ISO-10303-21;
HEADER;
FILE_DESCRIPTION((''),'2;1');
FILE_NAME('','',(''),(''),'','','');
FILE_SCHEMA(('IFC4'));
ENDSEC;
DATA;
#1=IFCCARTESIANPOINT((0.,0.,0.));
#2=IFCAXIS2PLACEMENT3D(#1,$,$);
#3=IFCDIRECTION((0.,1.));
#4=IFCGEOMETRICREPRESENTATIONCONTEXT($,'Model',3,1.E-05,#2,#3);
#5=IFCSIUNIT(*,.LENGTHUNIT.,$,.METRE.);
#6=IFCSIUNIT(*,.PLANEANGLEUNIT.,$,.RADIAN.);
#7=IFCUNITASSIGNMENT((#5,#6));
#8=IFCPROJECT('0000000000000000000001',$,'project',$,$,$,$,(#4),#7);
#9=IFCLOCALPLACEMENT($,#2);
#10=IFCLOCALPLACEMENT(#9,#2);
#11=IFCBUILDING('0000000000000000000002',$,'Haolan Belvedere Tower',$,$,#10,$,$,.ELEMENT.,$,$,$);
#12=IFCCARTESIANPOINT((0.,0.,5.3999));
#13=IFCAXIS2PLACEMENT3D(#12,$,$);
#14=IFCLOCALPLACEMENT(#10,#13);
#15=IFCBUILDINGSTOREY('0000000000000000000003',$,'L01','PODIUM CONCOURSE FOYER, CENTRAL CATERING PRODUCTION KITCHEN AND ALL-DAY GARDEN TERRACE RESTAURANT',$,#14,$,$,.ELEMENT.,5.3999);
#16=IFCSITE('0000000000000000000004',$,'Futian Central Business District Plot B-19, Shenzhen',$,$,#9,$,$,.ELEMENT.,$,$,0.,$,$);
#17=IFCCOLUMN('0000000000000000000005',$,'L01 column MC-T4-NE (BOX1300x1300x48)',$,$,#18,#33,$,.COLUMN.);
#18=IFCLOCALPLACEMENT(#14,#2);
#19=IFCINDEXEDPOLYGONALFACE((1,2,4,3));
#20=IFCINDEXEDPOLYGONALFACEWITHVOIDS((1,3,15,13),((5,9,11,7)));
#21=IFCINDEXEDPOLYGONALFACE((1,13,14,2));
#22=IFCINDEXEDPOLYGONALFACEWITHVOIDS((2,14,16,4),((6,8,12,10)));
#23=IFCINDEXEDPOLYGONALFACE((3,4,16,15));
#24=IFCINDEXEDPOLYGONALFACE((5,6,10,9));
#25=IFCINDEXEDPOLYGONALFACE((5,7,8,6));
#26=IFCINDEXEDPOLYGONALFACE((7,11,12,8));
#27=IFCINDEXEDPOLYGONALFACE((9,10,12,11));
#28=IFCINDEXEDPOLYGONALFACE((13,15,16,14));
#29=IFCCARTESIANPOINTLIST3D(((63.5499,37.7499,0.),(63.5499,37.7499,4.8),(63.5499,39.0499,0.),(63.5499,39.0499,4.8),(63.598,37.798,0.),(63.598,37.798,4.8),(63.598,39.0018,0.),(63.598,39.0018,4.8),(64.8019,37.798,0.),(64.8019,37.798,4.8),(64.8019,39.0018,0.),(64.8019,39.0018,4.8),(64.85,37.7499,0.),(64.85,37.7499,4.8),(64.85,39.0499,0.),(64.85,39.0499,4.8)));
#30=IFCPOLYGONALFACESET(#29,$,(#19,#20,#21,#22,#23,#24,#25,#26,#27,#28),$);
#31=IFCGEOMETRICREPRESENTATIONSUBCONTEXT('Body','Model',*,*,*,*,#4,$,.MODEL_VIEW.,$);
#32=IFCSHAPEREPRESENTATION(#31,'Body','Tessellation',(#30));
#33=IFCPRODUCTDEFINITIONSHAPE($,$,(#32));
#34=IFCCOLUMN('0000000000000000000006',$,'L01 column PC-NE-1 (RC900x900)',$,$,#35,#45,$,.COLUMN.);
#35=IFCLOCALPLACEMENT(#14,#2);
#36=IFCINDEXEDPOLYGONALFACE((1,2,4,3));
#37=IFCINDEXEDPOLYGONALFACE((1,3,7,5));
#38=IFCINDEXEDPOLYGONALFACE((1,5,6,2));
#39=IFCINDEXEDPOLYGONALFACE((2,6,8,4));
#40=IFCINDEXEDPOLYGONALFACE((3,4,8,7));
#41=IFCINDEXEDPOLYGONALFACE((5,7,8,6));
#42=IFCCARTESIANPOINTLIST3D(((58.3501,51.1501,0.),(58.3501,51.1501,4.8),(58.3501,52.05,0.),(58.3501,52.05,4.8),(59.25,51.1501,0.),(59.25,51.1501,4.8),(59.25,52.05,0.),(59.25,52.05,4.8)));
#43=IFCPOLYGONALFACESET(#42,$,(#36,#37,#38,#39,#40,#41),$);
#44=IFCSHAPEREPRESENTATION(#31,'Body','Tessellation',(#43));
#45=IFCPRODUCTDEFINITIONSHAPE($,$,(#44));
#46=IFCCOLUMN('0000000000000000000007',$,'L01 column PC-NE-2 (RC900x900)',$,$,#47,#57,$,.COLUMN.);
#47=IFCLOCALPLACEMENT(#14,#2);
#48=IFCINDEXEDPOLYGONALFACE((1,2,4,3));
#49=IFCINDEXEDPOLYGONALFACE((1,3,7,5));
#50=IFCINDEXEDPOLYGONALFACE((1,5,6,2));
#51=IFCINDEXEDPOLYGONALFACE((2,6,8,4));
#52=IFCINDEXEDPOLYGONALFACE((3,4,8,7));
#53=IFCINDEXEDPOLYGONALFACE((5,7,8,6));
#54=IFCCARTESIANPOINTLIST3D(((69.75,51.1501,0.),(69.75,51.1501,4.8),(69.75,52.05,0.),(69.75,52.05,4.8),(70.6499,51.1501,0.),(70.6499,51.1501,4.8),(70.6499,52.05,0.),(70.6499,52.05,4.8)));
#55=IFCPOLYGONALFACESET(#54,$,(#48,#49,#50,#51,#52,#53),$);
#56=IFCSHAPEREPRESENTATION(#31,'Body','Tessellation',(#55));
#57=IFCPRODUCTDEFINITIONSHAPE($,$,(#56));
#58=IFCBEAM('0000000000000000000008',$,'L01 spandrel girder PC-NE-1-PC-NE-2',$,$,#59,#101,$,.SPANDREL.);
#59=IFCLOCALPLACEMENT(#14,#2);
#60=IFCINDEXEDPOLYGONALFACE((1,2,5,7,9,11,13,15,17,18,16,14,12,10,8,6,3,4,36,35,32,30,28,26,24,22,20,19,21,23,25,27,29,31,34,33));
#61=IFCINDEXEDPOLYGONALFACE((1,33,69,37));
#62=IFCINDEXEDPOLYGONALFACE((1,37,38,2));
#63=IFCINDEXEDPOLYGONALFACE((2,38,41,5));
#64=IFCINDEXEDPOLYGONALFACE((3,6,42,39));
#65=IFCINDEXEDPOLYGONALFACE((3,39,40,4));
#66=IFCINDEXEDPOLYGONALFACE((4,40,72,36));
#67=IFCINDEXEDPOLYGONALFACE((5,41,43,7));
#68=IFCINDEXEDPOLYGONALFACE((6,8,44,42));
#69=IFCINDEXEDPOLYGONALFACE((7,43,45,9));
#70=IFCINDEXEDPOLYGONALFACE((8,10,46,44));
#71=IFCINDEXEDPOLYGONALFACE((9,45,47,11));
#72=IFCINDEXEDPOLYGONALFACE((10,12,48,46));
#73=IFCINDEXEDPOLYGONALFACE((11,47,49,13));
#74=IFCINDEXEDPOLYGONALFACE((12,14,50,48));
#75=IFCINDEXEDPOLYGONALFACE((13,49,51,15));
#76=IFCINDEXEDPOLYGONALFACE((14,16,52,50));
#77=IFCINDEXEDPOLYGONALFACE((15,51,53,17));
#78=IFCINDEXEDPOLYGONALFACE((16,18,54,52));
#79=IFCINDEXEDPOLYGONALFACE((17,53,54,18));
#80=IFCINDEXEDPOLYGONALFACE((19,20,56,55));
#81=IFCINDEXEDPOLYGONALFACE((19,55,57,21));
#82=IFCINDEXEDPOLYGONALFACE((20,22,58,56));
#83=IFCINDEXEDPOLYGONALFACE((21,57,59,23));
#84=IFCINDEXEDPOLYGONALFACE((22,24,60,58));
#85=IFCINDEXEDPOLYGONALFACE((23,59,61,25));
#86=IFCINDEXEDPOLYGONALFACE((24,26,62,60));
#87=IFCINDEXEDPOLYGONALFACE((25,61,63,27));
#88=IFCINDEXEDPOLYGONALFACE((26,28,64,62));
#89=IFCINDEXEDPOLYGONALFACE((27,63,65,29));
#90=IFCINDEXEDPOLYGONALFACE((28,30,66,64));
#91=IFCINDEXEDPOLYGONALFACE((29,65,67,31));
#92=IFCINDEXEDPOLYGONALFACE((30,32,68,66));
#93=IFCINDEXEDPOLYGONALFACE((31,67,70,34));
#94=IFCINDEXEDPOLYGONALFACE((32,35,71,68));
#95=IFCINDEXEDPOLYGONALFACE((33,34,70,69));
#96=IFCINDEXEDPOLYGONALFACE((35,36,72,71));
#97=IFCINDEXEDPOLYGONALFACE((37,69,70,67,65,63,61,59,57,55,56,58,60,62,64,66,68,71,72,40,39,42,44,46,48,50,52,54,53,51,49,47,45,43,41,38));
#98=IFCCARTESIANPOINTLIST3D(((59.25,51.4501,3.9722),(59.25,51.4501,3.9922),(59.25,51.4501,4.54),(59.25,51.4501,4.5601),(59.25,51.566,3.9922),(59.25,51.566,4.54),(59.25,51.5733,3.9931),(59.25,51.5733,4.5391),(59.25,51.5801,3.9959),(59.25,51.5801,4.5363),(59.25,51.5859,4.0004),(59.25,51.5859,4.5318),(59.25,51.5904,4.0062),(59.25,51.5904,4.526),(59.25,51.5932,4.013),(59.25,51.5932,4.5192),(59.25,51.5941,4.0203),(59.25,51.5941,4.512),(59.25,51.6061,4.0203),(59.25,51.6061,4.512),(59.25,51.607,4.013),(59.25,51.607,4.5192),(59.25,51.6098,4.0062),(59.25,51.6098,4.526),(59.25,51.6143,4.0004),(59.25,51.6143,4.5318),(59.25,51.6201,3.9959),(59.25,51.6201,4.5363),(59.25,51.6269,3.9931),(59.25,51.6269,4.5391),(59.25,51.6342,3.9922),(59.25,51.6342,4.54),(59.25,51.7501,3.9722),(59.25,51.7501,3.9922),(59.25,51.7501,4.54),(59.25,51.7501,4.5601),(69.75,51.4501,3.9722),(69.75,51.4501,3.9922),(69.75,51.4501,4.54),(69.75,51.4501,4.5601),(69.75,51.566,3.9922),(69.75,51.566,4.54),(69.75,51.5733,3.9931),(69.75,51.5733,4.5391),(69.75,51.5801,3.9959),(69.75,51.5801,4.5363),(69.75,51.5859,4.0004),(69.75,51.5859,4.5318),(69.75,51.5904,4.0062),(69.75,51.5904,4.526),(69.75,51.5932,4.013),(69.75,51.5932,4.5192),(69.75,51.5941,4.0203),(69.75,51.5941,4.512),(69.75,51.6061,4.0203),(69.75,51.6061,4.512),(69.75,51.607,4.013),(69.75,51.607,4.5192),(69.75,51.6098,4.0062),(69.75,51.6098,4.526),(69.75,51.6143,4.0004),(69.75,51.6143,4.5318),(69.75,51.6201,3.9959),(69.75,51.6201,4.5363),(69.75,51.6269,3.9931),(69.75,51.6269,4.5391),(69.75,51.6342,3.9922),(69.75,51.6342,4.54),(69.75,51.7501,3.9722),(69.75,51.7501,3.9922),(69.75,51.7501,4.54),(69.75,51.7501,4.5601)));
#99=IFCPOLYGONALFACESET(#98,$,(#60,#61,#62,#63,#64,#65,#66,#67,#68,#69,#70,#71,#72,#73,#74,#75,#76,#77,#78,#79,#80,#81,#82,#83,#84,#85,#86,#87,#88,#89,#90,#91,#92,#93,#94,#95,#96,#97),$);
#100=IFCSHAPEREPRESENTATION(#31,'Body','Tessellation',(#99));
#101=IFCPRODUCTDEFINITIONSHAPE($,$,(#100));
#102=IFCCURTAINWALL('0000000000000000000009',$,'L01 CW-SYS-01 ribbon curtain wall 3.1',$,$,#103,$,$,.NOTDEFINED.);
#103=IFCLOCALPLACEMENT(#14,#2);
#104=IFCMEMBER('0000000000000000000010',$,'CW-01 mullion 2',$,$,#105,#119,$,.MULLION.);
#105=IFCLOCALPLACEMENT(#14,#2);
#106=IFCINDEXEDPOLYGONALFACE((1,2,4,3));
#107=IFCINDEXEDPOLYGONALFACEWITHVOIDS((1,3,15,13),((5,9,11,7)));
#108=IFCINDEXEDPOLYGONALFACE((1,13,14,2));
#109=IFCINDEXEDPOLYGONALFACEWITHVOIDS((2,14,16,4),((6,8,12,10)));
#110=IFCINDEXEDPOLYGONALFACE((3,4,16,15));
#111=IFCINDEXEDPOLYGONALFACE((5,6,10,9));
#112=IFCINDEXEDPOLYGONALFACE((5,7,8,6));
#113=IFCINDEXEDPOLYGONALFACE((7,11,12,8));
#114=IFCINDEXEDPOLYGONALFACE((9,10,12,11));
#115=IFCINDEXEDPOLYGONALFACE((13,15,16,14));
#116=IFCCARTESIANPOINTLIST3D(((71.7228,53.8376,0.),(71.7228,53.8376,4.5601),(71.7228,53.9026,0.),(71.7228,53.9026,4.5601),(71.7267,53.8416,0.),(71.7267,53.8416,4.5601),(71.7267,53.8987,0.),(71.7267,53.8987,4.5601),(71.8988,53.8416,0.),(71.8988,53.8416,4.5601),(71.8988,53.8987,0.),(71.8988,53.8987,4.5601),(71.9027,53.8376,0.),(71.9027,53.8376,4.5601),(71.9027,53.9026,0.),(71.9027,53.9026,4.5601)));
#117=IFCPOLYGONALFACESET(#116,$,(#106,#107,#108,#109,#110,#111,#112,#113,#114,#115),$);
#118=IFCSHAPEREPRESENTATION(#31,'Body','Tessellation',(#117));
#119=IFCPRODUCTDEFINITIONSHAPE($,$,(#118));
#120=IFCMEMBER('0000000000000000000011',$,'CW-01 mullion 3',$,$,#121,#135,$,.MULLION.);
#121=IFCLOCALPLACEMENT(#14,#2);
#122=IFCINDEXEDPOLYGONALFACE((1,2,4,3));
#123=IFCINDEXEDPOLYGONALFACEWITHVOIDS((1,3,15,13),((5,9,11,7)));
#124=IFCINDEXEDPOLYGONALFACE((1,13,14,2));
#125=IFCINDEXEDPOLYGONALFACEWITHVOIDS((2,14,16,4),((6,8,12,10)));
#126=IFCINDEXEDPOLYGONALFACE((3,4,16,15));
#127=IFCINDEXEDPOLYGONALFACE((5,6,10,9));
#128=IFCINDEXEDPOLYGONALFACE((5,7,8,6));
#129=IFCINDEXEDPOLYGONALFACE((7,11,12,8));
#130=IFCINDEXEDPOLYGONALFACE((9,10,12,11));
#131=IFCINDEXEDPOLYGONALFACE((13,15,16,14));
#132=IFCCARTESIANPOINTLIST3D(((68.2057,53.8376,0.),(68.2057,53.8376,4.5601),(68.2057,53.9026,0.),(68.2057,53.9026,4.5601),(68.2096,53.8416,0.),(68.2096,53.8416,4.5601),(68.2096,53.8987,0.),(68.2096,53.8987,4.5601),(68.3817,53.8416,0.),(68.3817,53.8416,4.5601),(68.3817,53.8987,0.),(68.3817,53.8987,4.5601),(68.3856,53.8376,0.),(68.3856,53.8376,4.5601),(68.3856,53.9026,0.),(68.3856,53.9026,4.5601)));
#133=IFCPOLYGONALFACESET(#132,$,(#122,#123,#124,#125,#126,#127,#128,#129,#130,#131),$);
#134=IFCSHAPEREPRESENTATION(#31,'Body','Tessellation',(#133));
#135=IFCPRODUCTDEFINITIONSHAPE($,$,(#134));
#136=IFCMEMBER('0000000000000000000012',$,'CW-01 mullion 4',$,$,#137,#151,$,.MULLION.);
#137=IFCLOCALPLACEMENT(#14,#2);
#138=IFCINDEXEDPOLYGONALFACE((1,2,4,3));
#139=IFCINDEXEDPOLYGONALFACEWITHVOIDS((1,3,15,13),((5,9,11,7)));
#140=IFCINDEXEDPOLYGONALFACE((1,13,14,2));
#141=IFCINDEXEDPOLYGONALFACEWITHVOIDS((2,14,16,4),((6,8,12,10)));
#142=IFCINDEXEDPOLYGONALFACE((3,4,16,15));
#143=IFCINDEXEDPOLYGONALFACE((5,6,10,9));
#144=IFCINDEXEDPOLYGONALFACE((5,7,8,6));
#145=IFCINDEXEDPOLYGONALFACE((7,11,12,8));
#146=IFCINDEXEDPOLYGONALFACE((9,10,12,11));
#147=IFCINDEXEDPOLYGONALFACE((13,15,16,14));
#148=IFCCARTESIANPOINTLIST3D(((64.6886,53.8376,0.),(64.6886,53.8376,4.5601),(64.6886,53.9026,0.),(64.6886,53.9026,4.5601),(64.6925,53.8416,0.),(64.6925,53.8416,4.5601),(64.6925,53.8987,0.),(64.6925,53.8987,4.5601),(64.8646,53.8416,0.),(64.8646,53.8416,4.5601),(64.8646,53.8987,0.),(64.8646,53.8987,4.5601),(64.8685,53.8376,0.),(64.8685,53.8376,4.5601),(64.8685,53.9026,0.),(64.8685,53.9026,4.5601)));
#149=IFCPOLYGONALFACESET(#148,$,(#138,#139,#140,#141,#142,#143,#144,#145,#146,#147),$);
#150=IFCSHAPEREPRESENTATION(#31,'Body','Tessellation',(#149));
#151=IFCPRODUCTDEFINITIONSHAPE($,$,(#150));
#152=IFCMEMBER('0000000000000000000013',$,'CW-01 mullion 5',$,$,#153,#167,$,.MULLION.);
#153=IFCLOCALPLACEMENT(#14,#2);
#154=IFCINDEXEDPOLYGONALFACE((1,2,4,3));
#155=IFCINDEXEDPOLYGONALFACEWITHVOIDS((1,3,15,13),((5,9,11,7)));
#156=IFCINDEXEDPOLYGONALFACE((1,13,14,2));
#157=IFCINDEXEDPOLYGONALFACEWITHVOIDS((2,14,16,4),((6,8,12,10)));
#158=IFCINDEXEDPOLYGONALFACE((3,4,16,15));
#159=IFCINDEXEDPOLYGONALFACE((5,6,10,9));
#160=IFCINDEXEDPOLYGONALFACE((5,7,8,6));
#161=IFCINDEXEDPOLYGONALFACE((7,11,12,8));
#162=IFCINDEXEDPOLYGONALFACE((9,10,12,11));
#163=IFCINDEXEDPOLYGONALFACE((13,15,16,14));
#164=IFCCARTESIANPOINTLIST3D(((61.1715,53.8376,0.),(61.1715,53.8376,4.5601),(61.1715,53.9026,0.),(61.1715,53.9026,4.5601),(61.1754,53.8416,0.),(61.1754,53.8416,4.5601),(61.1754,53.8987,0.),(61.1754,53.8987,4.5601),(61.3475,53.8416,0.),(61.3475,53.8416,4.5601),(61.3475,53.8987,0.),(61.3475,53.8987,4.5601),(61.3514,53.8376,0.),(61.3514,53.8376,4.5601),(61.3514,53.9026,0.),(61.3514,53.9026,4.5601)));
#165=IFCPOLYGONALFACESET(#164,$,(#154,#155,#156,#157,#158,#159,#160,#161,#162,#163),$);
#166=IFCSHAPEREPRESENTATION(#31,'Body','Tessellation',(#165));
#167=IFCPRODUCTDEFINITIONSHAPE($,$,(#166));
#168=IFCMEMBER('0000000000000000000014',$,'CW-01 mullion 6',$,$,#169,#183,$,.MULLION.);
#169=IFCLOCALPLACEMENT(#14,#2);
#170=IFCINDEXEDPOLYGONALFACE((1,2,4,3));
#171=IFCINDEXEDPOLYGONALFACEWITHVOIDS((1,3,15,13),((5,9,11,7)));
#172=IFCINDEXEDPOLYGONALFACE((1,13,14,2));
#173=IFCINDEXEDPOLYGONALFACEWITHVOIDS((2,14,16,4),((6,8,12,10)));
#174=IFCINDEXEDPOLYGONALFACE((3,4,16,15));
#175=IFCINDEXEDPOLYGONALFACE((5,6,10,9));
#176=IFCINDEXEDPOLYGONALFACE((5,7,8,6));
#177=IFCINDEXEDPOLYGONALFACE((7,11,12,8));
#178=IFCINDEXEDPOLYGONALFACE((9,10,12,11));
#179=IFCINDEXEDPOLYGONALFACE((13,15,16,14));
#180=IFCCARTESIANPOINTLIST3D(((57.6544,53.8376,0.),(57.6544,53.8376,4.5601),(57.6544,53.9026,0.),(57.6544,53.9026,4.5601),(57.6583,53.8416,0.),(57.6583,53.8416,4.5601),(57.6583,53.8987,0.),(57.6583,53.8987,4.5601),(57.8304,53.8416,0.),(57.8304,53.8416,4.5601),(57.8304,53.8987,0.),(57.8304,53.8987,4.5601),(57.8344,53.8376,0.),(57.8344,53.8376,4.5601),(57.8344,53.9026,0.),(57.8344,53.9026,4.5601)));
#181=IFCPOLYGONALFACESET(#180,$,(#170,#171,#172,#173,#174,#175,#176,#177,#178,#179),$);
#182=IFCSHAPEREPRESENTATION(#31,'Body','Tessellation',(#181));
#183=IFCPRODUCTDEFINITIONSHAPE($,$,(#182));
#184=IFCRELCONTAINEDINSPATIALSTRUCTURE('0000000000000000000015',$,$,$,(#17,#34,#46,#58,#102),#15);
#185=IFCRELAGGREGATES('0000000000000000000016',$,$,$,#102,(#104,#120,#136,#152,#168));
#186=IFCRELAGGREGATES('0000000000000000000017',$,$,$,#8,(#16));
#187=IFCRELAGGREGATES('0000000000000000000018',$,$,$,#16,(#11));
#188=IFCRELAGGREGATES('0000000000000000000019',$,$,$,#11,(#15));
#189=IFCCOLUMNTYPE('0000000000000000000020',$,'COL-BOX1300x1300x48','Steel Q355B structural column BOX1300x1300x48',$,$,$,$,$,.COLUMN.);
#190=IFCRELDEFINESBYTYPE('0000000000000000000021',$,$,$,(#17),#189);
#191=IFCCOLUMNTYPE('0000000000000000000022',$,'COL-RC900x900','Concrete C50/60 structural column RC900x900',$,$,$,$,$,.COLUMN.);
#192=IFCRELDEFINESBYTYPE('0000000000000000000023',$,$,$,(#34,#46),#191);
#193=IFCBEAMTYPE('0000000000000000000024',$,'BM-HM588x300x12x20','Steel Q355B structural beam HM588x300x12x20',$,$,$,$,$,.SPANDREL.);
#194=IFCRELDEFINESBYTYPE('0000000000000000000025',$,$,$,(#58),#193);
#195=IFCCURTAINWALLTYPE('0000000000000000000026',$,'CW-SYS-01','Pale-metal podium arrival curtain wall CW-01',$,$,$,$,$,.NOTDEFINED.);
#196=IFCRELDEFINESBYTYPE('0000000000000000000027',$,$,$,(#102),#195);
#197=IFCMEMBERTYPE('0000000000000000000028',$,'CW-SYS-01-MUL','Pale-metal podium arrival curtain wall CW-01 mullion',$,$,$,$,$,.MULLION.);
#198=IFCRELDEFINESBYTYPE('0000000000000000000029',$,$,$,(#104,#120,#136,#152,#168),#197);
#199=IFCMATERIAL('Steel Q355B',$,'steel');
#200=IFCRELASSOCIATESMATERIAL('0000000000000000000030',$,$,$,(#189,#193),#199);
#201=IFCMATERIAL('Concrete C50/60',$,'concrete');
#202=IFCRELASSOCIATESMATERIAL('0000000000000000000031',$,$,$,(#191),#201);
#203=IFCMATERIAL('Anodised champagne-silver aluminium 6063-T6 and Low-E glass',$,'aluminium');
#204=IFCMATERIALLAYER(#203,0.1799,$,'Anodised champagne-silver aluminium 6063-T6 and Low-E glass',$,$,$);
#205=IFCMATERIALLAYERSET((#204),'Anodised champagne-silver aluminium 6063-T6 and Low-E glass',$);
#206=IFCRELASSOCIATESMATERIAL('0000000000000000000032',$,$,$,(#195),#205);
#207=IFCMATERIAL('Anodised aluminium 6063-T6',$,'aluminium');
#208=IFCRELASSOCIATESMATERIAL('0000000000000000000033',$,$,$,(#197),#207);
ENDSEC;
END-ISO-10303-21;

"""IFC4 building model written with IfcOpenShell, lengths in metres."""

from ifc_helpers import new_model, si_unit, direction, frame, origin, origin_2d, place, context, subcontext, project, spatial, rectangle, hollow_rectangle, i_section, extrude, material, layer, layer_set, material_profile, profile_set, type_object, element, aggregate, save


model = new_model("IFC4")

# Units and contexts
model_context = context("Model", 3, precision=1e-05, world=origin(), true_north=direction((0.0, 1.0)))
body_context = subcontext(model_context, "Body", "Model", "MODEL_VIEW")
ifc_project = project(units=[si_unit("LENGTHUNIT", "METRE"), si_unit("PLANEANGLEUNIT", "RADIAN")], contexts=[model_context])

# Site, building, storey
site_placement = place(None, origin())
site = spatial("IfcSite", under=ifc_project, at=site_placement, Name="Futian Central Business District Plot B-19, Shenzhen", CompositionType="ELEMENT", RefElevation=0.0)
building_placement = place(site_placement, origin())
building = spatial("IfcBuilding", under=site, at=building_placement, Name="Haolan Belvedere Tower", CompositionType="ELEMENT")
storey_placement = place(building_placement, frame((0.0, 0.0, 5.3999)))
storey = spatial("IfcBuildingStorey", under=building, at=storey_placement, Name="L01", Description="PODIUM CONCOURSE FOYER, CENTRAL CATERING PRODUCTION KITCHEN AND ALL-DAY GARDEN TERRACE RESTAURANT", CompositionType="ELEMENT", Elevation=5.3999)

# Columns
ifc_material_1 = material(Name="Steel Q355B", Category="steel")
ifc_material_profile_1 = material_profile(ifc_material_1, hollow_rectangle(XDim=1.3, YDim=1.3, WallThickness=0.0481, at=origin_2d()), Name="Steel Q355B")
ifc_profile_set_1 = profile_set([ifc_material_profile_1], Name="Steel Q355B")
column_type_1 = type_object("IfcColumnType", Name="COL-BOX1300x1300x48", Description="Steel Q355B structural column BOX1300x1300x48", PredefinedType="COLUMN", material=ifc_profile_set_1)
column_placement = place(storey_placement, frame((64.2, 38.3999, 0.0), z_axis=(0.0, 0.0, 1.0), x_axis=(1.0, 0.0, 0.0)))
element("IfcColumn", 1, at=column_placement, inside=storey, type_object=column_type_1, Name="L01 column MC-T4-NE (BOX1300x1300x48)", PredefinedType="COLUMN", context=body_context, shape_type="SweptSolid", body=[
    extrude(hollow_rectangle(XDim=1.3, YDim=1.3, WallThickness=0.0481, at=origin_2d()), origin(), (0.0, 0.0, 1.0), 4.8),
])
ifc_material_2 = material(Name="Concrete C50/60", Category="concrete")
ifc_material_profile_2 = material_profile(ifc_material_2, rectangle(XDim=0.8999, YDim=0.8999, at=origin_2d()), Name="Concrete C50/60")
ifc_profile_set_2 = profile_set([ifc_material_profile_2], Name="Concrete C50/60")
column_type_2 = type_object("IfcColumnType", Name="COL-RC900x900", Description="Concrete C50/60 structural column RC900x900", PredefinedType="COLUMN", material=ifc_profile_set_2)
for number, where, z_axis, x_axis, name in (
    (2, (58.8, 51.6001, 0.0), (0.0, 0.0, 1.0), (1.0, 0.0, 0.0), "L01 column PC-NE-1 (RC900x900)"),
    (3, (70.2, 51.6001, 0.0), (0.0, 0.0, 1.0), (1.0, 0.0, 0.0), "L01 column PC-NE-2 (RC900x900)"),
):
    element("IfcColumn", number, at=place(storey_placement, frame(where, z_axis=z_axis, x_axis=x_axis)), inside=storey, type_object=column_type_2, Name=name, PredefinedType="COLUMN", context=body_context, shape_type="SweptSolid", body=[
        extrude(rectangle(XDim=0.8999, YDim=0.8999, at=origin_2d()), origin(), (0.0, 0.0, 1.0), 4.8),
    ])

# Beam
ifc_material_profile_3 = material_profile(ifc_material_1, i_section(OverallWidth=0.3, OverallDepth=0.5879, WebThickness=0.012, FlangeThickness=0.02, FilletRadius=0.0281, at=origin_2d()), Name="Steel Q355B")
ifc_profile_set_3 = profile_set([ifc_material_profile_3], Name="Steel Q355B")
beam_type = type_object("IfcBeamType", Name="BM-HM588x300x12x20", Description="Steel Q355B structural beam HM588x300x12x20", PredefinedType="SPANDREL", material=ifc_profile_set_3)
beam_placement = place(storey_placement, frame((59.25, 51.6001, 4.2661), z_axis=(1.0, 0.0, 0.0), x_axis=(0.0, 1.0, 0.0)))
element("IfcBeam", 4, at=beam_placement, inside=storey, type_object=beam_type, Name="L01 spandrel girder PC-NE-1-PC-NE-2", PredefinedType="SPANDREL", context=body_context, shape_type="SweptSolid", body=[
    extrude(i_section(OverallWidth=0.3, OverallDepth=0.5879, WebThickness=0.012, FlangeThickness=0.02, FilletRadius=0.0281, at=origin_2d()), origin(), (0.0, 0.0, 1.0), 10.5),
])

# Curtain wall, members
ifc_material_3 = material(Name="Anodised champagne-silver aluminium 6063-T6 and Low-E glass", Category="aluminium")
ifc_layer_1 = layer(ifc_material_3, 0.1799, Name="Anodised champagne-silver aluminium 6063-T6 and Low-E glass")
ifc_layer_set_1 = layer_set([ifc_layer_1], Name="Anodised champagne-silver aluminium 6063-T6 and Low-E glass")
curtain_wall_type = type_object("IfcCurtainWallType", Name="CW-SYS-01", Description="Pale-metal podium arrival curtain wall CW-01", PredefinedType="NOTDEFINED", material=ifc_layer_set_1)
curtain_wall_placement = place(storey_placement, origin())
curtain_wall = element("IfcCurtainWall", 5, at=curtain_wall_placement, inside=storey, type_object=curtain_wall_type, Name="L01 CW-SYS-01 ribbon curtain wall 3.1", PredefinedType="NOTDEFINED")
ifc_material_4 = material(Name="Anodised aluminium 6063-T6", Category="aluminium")
ifc_material_profile_4 = material_profile(ifc_material_4, hollow_rectangle(XDim=0.0649, YDim=0.1799, WallThickness=0.0039, at=origin_2d()), Name="Anodised aluminium 6063-T6")
ifc_profile_set_4 = profile_set([ifc_material_profile_4], Name="Anodised aluminium 6063-T6")
member_type_1 = type_object("IfcMemberType", Name="CW-SYS-01-MUL", Description="Pale-metal podium arrival curtain wall CW-01 mullion", PredefinedType="MULLION", material=ifc_profile_set_4)
member_1_placement = place(storey_placement, frame((71.8127, 53.8701, 0.0), z_axis=(0.0, 0.0, 1.0), x_axis=(0.0, -1.0, 0.0)))
member_1 = element("IfcMember", 6, at=member_1_placement, type_object=member_type_1, Name="CW-01 mullion 2", PredefinedType="MULLION", context=body_context, shape_type="SweptSolid", body=[
    extrude(hollow_rectangle(XDim=0.0649, YDim=0.1799, WallThickness=0.0039, at=origin_2d()), origin(), (0.0, 0.0, 1.0), 4.5601),
])
member_2_placement = place(storey_placement, frame((68.2957, 53.8701, 0.0), z_axis=(0.0, 0.0, 1.0), x_axis=(0.0, -1.0, 0.0)))
member_2 = element("IfcMember", 7, at=member_2_placement, type_object=member_type_1, Name="CW-01 mullion 3", PredefinedType="MULLION", context=body_context, shape_type="SweptSolid", body=[
    extrude(hollow_rectangle(XDim=0.0649, YDim=0.1799, WallThickness=0.0039, at=origin_2d()), origin(), (0.0, 0.0, 1.0), 4.5601),
])
member_3_placement = place(storey_placement, frame((64.7786, 53.8701, 0.0), z_axis=(0.0, 0.0, 1.0), x_axis=(0.0, -1.0, 0.0)))
member_3 = element("IfcMember", 8, at=member_3_placement, type_object=member_type_1, Name="CW-01 mullion 4", PredefinedType="MULLION", context=body_context, shape_type="SweptSolid", body=[
    extrude(hollow_rectangle(XDim=0.0649, YDim=0.1799, WallThickness=0.0039, at=origin_2d()), origin(), (0.0, 0.0, 1.0), 4.5601),
])
member_4_placement = place(storey_placement, frame((61.2615, 53.8701, 0.0), z_axis=(0.0, 0.0, 1.0), x_axis=(0.0, -1.0, 0.0)))
member_4 = element("IfcMember", 9, at=member_4_placement, type_object=member_type_1, Name="CW-01 mullion 5", PredefinedType="MULLION", context=body_context, shape_type="SweptSolid", body=[
    extrude(hollow_rectangle(XDim=0.0649, YDim=0.1799, WallThickness=0.0039, at=origin_2d()), origin(), (0.0, 0.0, 1.0), 4.5601),
])
member_5_placement = place(storey_placement, frame((57.7444, 53.8701, 0.0), z_axis=(0.0, 0.0, 1.0), x_axis=(0.0, -1.0, 0.0)))
member_5 = element("IfcMember", 10, at=member_5_placement, type_object=member_type_1, Name="CW-01 mullion 6", PredefinedType="MULLION", context=body_context, shape_type="SweptSolid", body=[
    extrude(hollow_rectangle(XDim=0.0649, YDim=0.1799, WallThickness=0.0039, at=origin_2d()), origin(), (0.0, 0.0, 1.0), 4.5601),
])
aggregate(curtain_wall, [member_1, member_2, member_3, member_4, member_5])

save(model, "model.ifc")
